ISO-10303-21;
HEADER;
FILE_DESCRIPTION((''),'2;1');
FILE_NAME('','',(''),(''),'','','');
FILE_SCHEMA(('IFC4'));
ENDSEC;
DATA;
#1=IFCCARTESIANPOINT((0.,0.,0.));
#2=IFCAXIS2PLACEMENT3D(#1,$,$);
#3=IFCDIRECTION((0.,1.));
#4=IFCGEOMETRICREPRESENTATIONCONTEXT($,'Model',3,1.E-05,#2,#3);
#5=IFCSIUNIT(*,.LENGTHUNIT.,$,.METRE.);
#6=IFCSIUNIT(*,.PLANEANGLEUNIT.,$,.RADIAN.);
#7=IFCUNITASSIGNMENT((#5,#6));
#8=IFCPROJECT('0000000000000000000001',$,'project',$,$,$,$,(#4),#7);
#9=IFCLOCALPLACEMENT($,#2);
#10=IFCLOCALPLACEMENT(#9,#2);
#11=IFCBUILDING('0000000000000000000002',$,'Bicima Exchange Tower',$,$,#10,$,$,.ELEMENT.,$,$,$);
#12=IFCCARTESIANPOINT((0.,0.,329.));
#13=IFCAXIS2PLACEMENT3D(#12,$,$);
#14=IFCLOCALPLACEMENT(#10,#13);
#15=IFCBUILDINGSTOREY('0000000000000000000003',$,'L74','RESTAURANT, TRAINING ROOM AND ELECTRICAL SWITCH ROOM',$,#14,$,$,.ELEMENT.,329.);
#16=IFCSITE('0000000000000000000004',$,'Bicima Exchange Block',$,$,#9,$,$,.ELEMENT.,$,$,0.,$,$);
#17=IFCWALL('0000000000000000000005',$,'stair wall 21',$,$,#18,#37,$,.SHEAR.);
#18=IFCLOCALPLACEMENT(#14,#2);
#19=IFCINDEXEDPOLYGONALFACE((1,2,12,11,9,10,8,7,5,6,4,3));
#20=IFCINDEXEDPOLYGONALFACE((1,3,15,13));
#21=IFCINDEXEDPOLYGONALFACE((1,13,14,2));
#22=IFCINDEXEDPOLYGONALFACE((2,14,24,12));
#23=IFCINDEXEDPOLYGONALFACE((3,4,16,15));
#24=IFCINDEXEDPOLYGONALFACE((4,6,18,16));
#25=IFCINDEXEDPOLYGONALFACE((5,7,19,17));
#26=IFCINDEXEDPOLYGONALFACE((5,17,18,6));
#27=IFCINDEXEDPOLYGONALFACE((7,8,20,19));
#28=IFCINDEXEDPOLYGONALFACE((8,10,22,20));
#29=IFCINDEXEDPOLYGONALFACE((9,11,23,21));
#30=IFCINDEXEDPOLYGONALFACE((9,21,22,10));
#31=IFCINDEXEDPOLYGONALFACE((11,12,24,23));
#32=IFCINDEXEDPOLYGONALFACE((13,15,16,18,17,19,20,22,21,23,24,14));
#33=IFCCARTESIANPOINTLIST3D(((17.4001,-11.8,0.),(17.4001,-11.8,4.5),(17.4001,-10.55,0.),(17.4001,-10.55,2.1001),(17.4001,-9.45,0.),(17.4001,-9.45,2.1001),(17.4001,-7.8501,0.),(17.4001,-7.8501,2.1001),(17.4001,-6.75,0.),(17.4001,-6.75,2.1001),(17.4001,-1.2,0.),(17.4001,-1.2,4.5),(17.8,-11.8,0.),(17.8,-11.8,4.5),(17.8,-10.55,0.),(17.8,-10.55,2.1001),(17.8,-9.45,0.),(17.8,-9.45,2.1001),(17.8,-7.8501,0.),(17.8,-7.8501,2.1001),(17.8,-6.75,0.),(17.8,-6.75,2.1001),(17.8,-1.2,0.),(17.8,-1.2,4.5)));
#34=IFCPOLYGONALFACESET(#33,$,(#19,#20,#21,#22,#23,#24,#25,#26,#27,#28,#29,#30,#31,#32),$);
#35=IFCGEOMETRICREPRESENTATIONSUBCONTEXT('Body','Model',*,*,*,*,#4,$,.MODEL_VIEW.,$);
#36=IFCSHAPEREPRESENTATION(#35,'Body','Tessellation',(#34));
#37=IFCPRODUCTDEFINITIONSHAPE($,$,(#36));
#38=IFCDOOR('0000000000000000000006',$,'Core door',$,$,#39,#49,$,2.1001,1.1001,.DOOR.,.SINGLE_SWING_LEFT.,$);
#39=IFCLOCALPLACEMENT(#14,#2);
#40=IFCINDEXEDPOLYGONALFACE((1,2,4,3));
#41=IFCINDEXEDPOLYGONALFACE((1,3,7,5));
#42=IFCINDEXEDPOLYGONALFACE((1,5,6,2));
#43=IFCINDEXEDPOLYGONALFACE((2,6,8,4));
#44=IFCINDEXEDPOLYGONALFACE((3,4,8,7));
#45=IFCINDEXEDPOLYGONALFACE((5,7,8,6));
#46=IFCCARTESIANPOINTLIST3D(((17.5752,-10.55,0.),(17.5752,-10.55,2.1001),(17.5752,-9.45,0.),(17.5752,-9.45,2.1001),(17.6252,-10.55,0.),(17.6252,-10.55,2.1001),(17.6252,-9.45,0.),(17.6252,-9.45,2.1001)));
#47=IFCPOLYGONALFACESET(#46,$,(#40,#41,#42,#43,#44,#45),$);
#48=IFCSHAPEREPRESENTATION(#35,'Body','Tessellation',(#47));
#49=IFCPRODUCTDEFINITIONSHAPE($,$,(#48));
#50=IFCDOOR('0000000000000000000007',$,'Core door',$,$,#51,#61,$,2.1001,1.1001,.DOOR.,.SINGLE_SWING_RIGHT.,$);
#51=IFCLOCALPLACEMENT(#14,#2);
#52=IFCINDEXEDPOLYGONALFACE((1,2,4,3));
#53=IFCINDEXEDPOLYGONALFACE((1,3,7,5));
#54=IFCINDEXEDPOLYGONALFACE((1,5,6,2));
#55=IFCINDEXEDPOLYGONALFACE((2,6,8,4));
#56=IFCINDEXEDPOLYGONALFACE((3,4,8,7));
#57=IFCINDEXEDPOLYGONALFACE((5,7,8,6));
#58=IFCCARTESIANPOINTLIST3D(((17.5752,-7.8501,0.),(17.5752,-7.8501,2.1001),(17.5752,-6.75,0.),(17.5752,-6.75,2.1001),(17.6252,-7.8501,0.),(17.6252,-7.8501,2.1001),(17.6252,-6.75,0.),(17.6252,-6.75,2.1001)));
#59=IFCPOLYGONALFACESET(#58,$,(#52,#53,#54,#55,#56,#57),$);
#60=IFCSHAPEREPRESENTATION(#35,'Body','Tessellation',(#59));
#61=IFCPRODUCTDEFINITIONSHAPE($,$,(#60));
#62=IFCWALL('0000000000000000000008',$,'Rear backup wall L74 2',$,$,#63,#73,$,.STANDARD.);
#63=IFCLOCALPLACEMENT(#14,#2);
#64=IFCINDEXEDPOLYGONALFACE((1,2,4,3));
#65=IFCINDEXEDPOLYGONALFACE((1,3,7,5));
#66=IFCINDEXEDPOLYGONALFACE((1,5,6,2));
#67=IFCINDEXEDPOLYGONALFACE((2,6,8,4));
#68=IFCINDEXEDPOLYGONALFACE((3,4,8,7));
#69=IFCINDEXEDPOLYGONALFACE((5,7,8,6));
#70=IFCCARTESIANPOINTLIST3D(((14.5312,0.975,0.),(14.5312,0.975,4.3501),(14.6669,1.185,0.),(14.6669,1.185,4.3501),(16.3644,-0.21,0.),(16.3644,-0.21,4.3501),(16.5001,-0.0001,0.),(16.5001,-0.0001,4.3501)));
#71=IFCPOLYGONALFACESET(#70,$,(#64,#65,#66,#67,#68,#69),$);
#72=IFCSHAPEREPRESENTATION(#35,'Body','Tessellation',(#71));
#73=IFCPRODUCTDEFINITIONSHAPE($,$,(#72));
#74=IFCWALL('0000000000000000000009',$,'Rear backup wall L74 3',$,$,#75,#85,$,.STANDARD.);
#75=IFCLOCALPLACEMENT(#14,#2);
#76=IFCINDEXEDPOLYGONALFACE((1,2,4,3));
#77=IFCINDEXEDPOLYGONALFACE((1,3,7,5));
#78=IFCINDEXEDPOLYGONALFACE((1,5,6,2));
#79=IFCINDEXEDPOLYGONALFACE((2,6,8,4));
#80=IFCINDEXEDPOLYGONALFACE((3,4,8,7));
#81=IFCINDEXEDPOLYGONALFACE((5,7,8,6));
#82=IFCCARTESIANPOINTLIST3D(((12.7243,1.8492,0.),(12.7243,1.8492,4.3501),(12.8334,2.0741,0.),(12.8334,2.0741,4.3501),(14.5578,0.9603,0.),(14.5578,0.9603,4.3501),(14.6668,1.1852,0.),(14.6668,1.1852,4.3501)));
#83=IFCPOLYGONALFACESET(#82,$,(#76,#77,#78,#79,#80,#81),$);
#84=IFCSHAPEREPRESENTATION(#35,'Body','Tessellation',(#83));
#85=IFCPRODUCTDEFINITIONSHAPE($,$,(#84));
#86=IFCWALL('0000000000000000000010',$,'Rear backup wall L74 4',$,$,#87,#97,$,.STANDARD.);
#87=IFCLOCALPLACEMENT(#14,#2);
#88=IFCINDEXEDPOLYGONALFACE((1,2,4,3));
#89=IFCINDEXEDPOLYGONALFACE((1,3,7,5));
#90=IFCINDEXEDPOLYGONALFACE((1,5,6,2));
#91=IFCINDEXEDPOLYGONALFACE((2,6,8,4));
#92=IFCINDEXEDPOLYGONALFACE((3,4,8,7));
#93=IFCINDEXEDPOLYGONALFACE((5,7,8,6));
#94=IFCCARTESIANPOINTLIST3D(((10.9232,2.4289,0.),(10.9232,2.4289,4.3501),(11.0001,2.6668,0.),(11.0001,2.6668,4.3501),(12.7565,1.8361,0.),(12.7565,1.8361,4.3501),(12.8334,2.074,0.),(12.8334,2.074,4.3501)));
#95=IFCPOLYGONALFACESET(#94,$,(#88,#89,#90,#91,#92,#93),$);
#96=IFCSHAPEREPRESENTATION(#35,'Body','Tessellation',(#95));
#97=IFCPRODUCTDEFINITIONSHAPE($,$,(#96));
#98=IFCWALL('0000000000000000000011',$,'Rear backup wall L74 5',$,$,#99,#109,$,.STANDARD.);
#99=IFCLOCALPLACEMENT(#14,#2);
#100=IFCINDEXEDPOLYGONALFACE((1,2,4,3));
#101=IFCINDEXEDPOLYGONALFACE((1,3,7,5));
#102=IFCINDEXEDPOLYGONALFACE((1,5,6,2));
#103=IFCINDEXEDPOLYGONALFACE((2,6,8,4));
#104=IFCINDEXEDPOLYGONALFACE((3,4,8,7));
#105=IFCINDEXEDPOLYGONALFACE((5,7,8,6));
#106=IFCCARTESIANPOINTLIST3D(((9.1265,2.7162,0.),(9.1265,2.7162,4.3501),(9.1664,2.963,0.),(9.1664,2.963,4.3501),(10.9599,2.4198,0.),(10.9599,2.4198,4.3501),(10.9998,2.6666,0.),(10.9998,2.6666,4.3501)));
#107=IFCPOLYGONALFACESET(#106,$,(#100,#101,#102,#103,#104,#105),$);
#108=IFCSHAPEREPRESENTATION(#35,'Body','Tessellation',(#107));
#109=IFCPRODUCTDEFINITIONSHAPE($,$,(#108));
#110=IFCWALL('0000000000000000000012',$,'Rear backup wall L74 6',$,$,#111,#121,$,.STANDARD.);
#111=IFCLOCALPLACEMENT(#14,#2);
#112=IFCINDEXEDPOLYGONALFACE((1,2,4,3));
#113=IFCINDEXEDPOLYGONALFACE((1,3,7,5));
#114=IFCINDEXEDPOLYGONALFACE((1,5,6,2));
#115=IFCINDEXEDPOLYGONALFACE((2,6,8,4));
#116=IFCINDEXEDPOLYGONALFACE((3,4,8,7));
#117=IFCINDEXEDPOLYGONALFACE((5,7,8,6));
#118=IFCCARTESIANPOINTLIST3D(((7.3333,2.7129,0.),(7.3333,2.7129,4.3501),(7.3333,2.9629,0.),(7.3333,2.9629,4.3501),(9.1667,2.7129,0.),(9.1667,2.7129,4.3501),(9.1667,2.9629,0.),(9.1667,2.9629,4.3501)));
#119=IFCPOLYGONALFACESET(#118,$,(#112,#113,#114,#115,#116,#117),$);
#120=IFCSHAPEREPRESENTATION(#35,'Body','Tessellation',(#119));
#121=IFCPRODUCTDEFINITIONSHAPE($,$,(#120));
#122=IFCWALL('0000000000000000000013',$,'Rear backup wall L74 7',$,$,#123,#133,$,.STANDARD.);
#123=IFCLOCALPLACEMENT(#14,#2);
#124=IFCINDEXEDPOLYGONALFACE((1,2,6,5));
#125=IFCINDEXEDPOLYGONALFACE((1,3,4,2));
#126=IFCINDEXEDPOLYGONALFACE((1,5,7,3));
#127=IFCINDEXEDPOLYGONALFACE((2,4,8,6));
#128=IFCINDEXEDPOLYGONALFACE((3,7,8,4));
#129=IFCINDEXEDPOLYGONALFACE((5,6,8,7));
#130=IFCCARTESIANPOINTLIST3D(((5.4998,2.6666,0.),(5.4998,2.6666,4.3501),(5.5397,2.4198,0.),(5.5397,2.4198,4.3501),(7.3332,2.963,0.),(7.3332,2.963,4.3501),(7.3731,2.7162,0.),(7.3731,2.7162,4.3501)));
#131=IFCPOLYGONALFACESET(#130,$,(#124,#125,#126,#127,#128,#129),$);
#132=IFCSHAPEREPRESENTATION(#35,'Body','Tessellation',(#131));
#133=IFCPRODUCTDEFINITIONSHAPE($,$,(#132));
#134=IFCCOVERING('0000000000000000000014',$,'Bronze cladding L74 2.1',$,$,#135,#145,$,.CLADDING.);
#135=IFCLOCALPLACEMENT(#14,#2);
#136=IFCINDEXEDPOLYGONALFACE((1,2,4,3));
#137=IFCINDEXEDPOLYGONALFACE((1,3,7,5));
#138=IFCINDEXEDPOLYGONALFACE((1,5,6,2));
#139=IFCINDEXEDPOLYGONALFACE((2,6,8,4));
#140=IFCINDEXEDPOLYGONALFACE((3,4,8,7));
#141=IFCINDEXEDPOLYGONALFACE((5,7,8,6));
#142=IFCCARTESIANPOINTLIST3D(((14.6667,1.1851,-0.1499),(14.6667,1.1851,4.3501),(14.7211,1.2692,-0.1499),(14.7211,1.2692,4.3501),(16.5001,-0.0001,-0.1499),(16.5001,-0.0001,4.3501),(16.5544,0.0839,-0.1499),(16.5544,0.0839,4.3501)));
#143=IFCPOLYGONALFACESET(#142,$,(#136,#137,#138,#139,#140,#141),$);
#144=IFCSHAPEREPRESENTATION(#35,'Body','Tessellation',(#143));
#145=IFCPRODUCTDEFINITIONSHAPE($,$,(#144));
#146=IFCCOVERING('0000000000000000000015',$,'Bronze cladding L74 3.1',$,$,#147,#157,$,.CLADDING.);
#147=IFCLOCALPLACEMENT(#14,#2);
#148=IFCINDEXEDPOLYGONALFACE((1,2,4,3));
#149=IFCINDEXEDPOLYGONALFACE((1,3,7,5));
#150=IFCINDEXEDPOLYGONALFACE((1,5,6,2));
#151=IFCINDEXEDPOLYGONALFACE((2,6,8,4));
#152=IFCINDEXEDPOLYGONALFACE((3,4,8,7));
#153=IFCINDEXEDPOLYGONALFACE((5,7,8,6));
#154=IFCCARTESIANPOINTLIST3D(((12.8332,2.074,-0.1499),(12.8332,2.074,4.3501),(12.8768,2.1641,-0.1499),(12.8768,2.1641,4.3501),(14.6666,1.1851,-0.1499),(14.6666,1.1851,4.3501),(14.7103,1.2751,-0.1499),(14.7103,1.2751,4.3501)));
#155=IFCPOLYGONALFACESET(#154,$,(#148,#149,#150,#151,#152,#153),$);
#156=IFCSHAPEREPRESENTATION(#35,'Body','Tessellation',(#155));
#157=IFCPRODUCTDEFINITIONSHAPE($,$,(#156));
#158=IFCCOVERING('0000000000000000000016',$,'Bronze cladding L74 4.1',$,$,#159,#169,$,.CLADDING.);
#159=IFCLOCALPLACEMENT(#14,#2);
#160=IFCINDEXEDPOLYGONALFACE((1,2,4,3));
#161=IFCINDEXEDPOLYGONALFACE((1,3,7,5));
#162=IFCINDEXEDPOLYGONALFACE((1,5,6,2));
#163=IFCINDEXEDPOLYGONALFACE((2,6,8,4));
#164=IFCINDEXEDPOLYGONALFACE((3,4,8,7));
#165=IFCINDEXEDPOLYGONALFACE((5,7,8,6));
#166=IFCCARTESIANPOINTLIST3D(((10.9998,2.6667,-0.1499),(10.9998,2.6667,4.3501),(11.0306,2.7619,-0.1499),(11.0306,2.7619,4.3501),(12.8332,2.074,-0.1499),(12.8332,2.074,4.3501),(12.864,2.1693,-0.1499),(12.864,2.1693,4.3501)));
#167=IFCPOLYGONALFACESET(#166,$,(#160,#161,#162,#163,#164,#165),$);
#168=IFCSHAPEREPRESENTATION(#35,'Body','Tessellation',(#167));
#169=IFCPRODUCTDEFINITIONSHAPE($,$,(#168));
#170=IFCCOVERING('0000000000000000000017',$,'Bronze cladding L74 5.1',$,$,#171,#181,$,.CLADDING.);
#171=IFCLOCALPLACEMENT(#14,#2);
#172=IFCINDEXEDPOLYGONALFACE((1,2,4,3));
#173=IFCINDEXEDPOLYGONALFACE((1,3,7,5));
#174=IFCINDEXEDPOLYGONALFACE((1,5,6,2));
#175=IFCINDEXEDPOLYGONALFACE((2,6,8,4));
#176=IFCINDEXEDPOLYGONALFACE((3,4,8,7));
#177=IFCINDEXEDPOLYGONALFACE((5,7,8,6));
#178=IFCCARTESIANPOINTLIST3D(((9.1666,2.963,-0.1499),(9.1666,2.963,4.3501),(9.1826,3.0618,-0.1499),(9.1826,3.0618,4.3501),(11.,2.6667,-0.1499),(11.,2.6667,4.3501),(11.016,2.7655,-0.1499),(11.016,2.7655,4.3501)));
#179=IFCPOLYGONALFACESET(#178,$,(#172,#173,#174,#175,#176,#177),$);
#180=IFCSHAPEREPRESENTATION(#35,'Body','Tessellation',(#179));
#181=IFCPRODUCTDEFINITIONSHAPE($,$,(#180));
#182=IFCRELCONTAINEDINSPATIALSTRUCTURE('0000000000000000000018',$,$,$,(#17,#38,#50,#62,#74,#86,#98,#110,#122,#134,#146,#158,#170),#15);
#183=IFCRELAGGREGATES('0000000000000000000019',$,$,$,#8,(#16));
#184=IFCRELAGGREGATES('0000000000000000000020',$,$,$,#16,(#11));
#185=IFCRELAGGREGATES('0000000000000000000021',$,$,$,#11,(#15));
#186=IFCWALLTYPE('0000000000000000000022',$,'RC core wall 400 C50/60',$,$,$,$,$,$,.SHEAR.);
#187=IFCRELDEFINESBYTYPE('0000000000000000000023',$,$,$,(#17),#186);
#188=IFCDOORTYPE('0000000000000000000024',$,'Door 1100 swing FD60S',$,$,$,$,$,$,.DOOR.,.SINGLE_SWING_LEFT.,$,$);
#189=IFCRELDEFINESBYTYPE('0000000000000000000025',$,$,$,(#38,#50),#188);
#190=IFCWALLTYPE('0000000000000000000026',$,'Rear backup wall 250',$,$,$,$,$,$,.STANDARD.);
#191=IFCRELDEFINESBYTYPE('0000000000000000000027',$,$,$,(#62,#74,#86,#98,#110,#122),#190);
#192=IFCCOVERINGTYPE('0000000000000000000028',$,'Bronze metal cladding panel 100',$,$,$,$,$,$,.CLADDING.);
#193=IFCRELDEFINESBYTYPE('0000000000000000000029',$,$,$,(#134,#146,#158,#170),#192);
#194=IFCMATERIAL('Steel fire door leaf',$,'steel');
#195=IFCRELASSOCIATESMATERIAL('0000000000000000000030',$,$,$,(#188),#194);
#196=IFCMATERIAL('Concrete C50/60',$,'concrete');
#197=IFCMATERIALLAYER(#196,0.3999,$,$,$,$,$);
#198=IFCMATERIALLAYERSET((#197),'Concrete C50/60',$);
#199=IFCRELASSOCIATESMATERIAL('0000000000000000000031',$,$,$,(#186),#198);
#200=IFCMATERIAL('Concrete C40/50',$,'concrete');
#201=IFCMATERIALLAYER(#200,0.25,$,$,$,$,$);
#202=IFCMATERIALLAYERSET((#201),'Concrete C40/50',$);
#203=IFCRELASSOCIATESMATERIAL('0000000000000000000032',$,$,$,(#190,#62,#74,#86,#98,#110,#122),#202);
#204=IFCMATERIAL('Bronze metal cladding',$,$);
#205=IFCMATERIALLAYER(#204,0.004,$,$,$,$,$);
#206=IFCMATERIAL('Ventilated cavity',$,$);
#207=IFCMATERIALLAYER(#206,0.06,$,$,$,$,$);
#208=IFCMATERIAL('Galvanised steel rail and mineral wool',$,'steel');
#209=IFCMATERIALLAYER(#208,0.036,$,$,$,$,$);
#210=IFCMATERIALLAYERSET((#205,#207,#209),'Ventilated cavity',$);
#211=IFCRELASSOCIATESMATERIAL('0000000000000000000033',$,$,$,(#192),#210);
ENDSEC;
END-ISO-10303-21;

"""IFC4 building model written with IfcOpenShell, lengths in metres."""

from ifc_helpers import new_model, si_unit, direction, frame, frame_2d, origin, origin_2d, place, context, subcontext, project, spatial, rectangle, extrude, material, layer, layer_set, layer_usage, type_object, element, fill, save


model = new_model("IFC4")

# Units and contexts
model_context = context("Model", 3, precision=1e-05, world=origin(), true_north=direction((0.0, 1.0)))
body_context = subcontext(model_context, "Body", "Model", "MODEL_VIEW")
ifc_project = project(units=[si_unit("LENGTHUNIT", "METRE"), si_unit("PLANEANGLEUNIT", "RADIAN")], contexts=[model_context])

# Site, building, storey
site_placement = place(None, origin())
site = spatial("IfcSite", under=ifc_project, at=site_placement, Name="Bicima Exchange Block", CompositionType="ELEMENT", RefElevation=0.0)
building_placement = place(site_placement, origin())
building = spatial("IfcBuilding", under=site, at=building_placement, Name="Bicima Exchange Tower", CompositionType="ELEMENT")
storey_placement = place(building_placement, frame((0.0, 0.0, 329.0)))
storey = spatial("IfcBuildingStorey", under=building, at=storey_placement, Name="L74", Description="RESTAURANT, TRAINING ROOM AND ELECTRICAL SWITCH ROOM", CompositionType="ELEMENT", Elevation=329.0)

# Shared definitions
ifc_material_1 = material(Name="Concrete C40/50", Category="concrete")

# Shared definitions
ifc_material_2 = material(Name="Steel fire door leaf", Category="steel")
door_type = type_object("IfcDoorType", Name="Door 1100 swing FD60S", OperationType="SINGLE_SWING_LEFT", PredefinedType="DOOR", material=ifc_material_2)

# Wall, openings, doors
ifc_material_3 = material(Name="Concrete C50/60", Category="concrete")
ifc_layer_1 = layer(ifc_material_3, 0.3999)
ifc_layer_set_1 = layer_set([ifc_layer_1], Name="Concrete C50/60")
wall_type_1 = type_object("IfcWallType", Name="RC core wall 400 C50/60", PredefinedType="SHEAR", material=ifc_layer_set_1)
wall_1_placement = place(storey_placement, frame((17.6001, -11.8, 0.0), z_axis=(0.0, 0.0, 1.0), x_axis=(0.0, 1.0, 0.0)))
wall_1 = element("IfcWall", 1, at=wall_1_placement, inside=storey, type_object=wall_type_1, Name="stair wall 21", PredefinedType="SHEAR", context=body_context, shape_type="SweptSolid", body=[
    extrude(rectangle(XDim=10.6001, YDim=0.3999, at=frame_2d((5.3, 0.0))), origin(), (0.0, 0.0, 1.0), 4.5),
])
opening_1_placement = place(wall_1_placement, frame((1.25, 0.0, 0.0)))
opening_1 = element("IfcOpeningElement", 2, at=opening_1_placement, cuts=wall_1, PredefinedType="OPENING", context=body_context, shape_type="SweptSolid", body=[
    extrude(rectangle(XDim=1.1001, YDim=2.1001, at=frame_2d((0.55, 1.05))), frame((0.0, 0.2119, 0.0), z_axis=(0.0, -1.0, 0.0), x_axis=(1.0, 0.0, 0.0)), (0.0, 0.0, 1.0), 0.4238),
])
opening_2_placement = place(wall_1_placement, frame((3.95, 0.0, 0.0)))
opening_2 = element("IfcOpeningElement", 3, at=opening_2_placement, cuts=wall_1, PredefinedType="OPENING", context=body_context, shape_type="SweptSolid", body=[
    extrude(rectangle(XDim=1.1001, YDim=2.1001, at=frame_2d((0.55, 1.05))), frame((0.0, 0.2119, 0.0), z_axis=(0.0, -1.0, 0.0), x_axis=(1.0, 0.0, 0.0)), (0.0, 0.0, 1.0), 0.4238),
])
door_1_placement = place(opening_1_placement, origin())
door_1 = element("IfcDoor", 4, at=door_1_placement, inside=storey, type_object=door_type, Name="Core door", OperationType="SINGLE_SWING_LEFT", OverallHeight=2.1001, OverallWidth=1.1001, PredefinedType="DOOR", context=body_context, shape_type="SweptSolid", body=[
    extrude(rectangle(XDim=1.1001, YDim=2.1001, at=frame_2d((0.55, 1.05))), frame((0.0, 0.0249, 0.0), z_axis=(0.0, -1.0, 0.0), x_axis=(1.0, 0.0, 0.0)), (0.0, 0.0, 1.0), 0.05),
])
fill(opening_1, door_1)
door_2_placement = place(opening_2_placement, origin())
door_2 = element("IfcDoor", 5, at=door_2_placement, inside=storey, type_object=door_type, Name="Core door", OperationType="SINGLE_SWING_RIGHT", OverallHeight=2.1001, OverallWidth=1.1001, PredefinedType="DOOR", context=body_context, shape_type="SweptSolid", body=[
    extrude(rectangle(XDim=1.1001, YDim=2.1001, at=frame_2d((0.55, 1.05))), frame((0.0, 0.0249, 0.0), z_axis=(0.0, -1.0, 0.0), x_axis=(1.0, 0.0, 0.0)), (0.0, 0.0, 1.0), 0.05),
])
fill(opening_2, door_2)

# Walls
ifc_layer_2 = layer(ifc_material_1, 0.25)
ifc_layer_set_2 = layer_set([ifc_layer_2], Name="Concrete C40/50")
ifc_layer_usage = layer_usage(ifc_layer_set_2, "AXIS2", "POSITIVE", -0.125)
wall_type_2 = type_object("IfcWallType", Name="Rear backup wall 250", PredefinedType="STANDARD", material=ifc_layer_set_2)
wall_2_placement = place(storey_placement, frame((16.4321, -0.105, 0.0), z_axis=(0.0, 0.0, 1.0), x_axis=(-0.839813, 0.542876, 0.0)))
element("IfcWall", 6, at=wall_2_placement, inside=storey, type_object=wall_type_2, material=ifc_layer_usage, Name="Rear backup wall L74 2", PredefinedType="STANDARD", context=body_context, shape_type="SweptSolid", body=[
    extrude(rectangle(XDim=2.1829, YDim=0.25, at=frame_2d((1.0913, 0.0))), origin(), (0.0, 0.0, 1.0), 4.3501),
])
wall_3_placement = place(storey_placement, frame((14.6123, 1.0728, 0.0), z_axis=(0.0, 0.0, 1.0), x_axis=(-0.899824, 0.436253, 0.0)))
element("IfcWall", 7, at=wall_3_placement, inside=storey, type_object=wall_type_2, material=ifc_layer_usage, Name="Rear backup wall L74 3", PredefinedType="STANDARD", context=body_context, shape_type="SweptSolid", body=[
    extrude(rectangle(XDim=2.0376, YDim=0.25, at=frame_2d((1.0188, 0.0))), origin(), (0.0, 0.0, 1.0), 4.3501),
])
wall_4_placement = place(storey_placement, frame((12.7949, 1.9551, 0.0), z_axis=(0.0, 0.0, 1.0), x_axis=(-0.951496, 0.307662, 0.0)))
element("IfcWall", 8, at=wall_4_placement, inside=storey, type_object=wall_type_2, material=ifc_layer_usage, Name="Rear backup wall L74 4", PredefinedType="STANDARD", context=body_context, shape_type="SweptSolid", body=[
    extrude(rectangle(XDim=1.9268, YDim=0.25, at=frame_2d((0.9634, 0.0))), origin(), (0.0, 0.0, 1.0), 4.3501),
])
wall_5_placement = place(storey_placement, frame((10.98, 2.5432, 0.0), z_axis=(0.0, 0.0, 1.0), x_axis=(-0.987182, 0.1596, 0.0)))
element("IfcWall", 9, at=wall_5_placement, inside=storey, type_object=wall_type_2, material=ifc_layer_usage, Name="Rear backup wall L74 5", PredefinedType="STANDARD", context=body_context, shape_type="SweptSolid", body=[
    extrude(rectangle(XDim=1.8572, YDim=0.25, at=frame_2d((0.9287, 0.0))), origin(), (0.0, 0.0, 1.0), 4.3501),
])
wall_6_placement = place(storey_placement, frame((9.1667, 2.8379, 0.0), z_axis=(0.0, 0.0, 1.0), x_axis=(-1.0, 0.0, 0.0)))
element("IfcWall", 10, at=wall_6_placement, inside=storey, type_object=wall_type_2, material=ifc_layer_usage, Name="Rear backup wall L74 6", PredefinedType="STANDARD", context=body_context, shape_type="SweptSolid", body=[
    extrude(rectangle(XDim=1.8335, YDim=0.25, at=frame_2d((0.9167, 0.0))), origin(), (0.0, 0.0, 1.0), 4.3501),
])
wall_7_placement = place(storey_placement, frame((7.3533, 2.8396, 0.0), z_axis=(0.0, 0.0, 1.0), x_axis=(-0.987182, -0.1596, 0.0)))
element("IfcWall", 11, at=wall_7_placement, inside=storey, type_object=wall_type_2, material=ifc_layer_usage, Name="Rear backup wall L74 7", PredefinedType="STANDARD", context=body_context, shape_type="SweptSolid", body=[
    extrude(rectangle(XDim=1.8572, YDim=0.25, at=frame_2d((0.9287, 0.0))), origin(), (0.0, 0.0, 1.0), 4.3501),
])

# Coverings
ifc_material_4 = material(Name="Bronze metal cladding")
ifc_layer_3 = layer(ifc_material_4, 0.004)
ifc_material_5 = material(Name="Ventilated cavity")
ifc_layer_4 = layer(ifc_material_5, 0.06)
ifc_material_6 = material(Name="Galvanised steel rail and mineral wool", Category="steel")
ifc_layer_5 = layer(ifc_material_6, 0.036)
ifc_layer_set_3 = layer_set([ifc_layer_3, ifc_layer_4, ifc_layer_5], Name="Ventilated cavity")
covering_type = type_object("IfcCoveringType", Name="Bronze metal cladding panel 100", PredefinedType="CLADDING", material=ifc_layer_set_3)
covering_1_placement = place(storey_placement, frame((15.6106, 0.6345, -0.1499), z_axis=(0.0, 0.0, 1.0), x_axis=(-0.83979, 0.542911, 0.0)))
element("IfcCovering", 12, at=covering_1_placement, inside=storey, type_object=covering_type, Name="Bronze cladding L74 2.1", PredefinedType="CLADDING", context=body_context, shape_type="SweptSolid", body=[
    extrude(rectangle(XDim=2.1831, YDim=0.1001, at=origin_2d()), origin(), (0.0, 0.0, 1.0), 4.5),
])
covering_2_placement = place(storey_placement, frame((13.7717, 1.6746, -0.1499), z_axis=(0.0, 0.0, 1.0), x_axis=(-0.899818, 0.436265, 0.0)))
element("IfcCovering", 13, at=covering_2_placement, inside=storey, type_object=covering_type, Name="Bronze cladding L74 3.1", PredefinedType="CLADDING", context=body_context, shape_type="SweptSolid", body=[
    extrude(rectangle(XDim=2.0376, YDim=0.1001, at=origin_2d()), origin(), (0.0, 0.0, 1.0), 4.5),
])
covering_3_placement = place(storey_placement, frame((11.9319, 2.418, -0.1499), z_axis=(0.0, 0.0, 1.0), x_axis=(-0.951525, 0.307573, 0.0)))
element("IfcCovering", 14, at=covering_3_placement, inside=storey, type_object=covering_type, Name="Bronze cladding L74 4.1", PredefinedType="CLADDING", context=body_context, shape_type="SweptSolid", body=[
    extrude(rectangle(XDim=1.9268, YDim=0.1001, at=origin_2d()), origin(), (0.0, 0.0, 1.0), 4.5),
])
covering_4_placement = place(storey_placement, frame((10.0913, 2.8643, -0.1499), z_axis=(0.0, 0.0, 1.0), x_axis=(-0.98719, 0.15955, 0.0)))
element("IfcCovering", 15, at=covering_4_placement, inside=storey, type_object=covering_type, Name="Bronze cladding L74 5.1", PredefinedType="CLADDING", context=body_context, shape_type="SweptSolid", body=[
    extrude(rectangle(XDim=1.8572, YDim=0.1001, at=origin_2d()), origin(), (0.0, 0.0, 1.0), 4.5),
])

save(model, "model.ifc")
